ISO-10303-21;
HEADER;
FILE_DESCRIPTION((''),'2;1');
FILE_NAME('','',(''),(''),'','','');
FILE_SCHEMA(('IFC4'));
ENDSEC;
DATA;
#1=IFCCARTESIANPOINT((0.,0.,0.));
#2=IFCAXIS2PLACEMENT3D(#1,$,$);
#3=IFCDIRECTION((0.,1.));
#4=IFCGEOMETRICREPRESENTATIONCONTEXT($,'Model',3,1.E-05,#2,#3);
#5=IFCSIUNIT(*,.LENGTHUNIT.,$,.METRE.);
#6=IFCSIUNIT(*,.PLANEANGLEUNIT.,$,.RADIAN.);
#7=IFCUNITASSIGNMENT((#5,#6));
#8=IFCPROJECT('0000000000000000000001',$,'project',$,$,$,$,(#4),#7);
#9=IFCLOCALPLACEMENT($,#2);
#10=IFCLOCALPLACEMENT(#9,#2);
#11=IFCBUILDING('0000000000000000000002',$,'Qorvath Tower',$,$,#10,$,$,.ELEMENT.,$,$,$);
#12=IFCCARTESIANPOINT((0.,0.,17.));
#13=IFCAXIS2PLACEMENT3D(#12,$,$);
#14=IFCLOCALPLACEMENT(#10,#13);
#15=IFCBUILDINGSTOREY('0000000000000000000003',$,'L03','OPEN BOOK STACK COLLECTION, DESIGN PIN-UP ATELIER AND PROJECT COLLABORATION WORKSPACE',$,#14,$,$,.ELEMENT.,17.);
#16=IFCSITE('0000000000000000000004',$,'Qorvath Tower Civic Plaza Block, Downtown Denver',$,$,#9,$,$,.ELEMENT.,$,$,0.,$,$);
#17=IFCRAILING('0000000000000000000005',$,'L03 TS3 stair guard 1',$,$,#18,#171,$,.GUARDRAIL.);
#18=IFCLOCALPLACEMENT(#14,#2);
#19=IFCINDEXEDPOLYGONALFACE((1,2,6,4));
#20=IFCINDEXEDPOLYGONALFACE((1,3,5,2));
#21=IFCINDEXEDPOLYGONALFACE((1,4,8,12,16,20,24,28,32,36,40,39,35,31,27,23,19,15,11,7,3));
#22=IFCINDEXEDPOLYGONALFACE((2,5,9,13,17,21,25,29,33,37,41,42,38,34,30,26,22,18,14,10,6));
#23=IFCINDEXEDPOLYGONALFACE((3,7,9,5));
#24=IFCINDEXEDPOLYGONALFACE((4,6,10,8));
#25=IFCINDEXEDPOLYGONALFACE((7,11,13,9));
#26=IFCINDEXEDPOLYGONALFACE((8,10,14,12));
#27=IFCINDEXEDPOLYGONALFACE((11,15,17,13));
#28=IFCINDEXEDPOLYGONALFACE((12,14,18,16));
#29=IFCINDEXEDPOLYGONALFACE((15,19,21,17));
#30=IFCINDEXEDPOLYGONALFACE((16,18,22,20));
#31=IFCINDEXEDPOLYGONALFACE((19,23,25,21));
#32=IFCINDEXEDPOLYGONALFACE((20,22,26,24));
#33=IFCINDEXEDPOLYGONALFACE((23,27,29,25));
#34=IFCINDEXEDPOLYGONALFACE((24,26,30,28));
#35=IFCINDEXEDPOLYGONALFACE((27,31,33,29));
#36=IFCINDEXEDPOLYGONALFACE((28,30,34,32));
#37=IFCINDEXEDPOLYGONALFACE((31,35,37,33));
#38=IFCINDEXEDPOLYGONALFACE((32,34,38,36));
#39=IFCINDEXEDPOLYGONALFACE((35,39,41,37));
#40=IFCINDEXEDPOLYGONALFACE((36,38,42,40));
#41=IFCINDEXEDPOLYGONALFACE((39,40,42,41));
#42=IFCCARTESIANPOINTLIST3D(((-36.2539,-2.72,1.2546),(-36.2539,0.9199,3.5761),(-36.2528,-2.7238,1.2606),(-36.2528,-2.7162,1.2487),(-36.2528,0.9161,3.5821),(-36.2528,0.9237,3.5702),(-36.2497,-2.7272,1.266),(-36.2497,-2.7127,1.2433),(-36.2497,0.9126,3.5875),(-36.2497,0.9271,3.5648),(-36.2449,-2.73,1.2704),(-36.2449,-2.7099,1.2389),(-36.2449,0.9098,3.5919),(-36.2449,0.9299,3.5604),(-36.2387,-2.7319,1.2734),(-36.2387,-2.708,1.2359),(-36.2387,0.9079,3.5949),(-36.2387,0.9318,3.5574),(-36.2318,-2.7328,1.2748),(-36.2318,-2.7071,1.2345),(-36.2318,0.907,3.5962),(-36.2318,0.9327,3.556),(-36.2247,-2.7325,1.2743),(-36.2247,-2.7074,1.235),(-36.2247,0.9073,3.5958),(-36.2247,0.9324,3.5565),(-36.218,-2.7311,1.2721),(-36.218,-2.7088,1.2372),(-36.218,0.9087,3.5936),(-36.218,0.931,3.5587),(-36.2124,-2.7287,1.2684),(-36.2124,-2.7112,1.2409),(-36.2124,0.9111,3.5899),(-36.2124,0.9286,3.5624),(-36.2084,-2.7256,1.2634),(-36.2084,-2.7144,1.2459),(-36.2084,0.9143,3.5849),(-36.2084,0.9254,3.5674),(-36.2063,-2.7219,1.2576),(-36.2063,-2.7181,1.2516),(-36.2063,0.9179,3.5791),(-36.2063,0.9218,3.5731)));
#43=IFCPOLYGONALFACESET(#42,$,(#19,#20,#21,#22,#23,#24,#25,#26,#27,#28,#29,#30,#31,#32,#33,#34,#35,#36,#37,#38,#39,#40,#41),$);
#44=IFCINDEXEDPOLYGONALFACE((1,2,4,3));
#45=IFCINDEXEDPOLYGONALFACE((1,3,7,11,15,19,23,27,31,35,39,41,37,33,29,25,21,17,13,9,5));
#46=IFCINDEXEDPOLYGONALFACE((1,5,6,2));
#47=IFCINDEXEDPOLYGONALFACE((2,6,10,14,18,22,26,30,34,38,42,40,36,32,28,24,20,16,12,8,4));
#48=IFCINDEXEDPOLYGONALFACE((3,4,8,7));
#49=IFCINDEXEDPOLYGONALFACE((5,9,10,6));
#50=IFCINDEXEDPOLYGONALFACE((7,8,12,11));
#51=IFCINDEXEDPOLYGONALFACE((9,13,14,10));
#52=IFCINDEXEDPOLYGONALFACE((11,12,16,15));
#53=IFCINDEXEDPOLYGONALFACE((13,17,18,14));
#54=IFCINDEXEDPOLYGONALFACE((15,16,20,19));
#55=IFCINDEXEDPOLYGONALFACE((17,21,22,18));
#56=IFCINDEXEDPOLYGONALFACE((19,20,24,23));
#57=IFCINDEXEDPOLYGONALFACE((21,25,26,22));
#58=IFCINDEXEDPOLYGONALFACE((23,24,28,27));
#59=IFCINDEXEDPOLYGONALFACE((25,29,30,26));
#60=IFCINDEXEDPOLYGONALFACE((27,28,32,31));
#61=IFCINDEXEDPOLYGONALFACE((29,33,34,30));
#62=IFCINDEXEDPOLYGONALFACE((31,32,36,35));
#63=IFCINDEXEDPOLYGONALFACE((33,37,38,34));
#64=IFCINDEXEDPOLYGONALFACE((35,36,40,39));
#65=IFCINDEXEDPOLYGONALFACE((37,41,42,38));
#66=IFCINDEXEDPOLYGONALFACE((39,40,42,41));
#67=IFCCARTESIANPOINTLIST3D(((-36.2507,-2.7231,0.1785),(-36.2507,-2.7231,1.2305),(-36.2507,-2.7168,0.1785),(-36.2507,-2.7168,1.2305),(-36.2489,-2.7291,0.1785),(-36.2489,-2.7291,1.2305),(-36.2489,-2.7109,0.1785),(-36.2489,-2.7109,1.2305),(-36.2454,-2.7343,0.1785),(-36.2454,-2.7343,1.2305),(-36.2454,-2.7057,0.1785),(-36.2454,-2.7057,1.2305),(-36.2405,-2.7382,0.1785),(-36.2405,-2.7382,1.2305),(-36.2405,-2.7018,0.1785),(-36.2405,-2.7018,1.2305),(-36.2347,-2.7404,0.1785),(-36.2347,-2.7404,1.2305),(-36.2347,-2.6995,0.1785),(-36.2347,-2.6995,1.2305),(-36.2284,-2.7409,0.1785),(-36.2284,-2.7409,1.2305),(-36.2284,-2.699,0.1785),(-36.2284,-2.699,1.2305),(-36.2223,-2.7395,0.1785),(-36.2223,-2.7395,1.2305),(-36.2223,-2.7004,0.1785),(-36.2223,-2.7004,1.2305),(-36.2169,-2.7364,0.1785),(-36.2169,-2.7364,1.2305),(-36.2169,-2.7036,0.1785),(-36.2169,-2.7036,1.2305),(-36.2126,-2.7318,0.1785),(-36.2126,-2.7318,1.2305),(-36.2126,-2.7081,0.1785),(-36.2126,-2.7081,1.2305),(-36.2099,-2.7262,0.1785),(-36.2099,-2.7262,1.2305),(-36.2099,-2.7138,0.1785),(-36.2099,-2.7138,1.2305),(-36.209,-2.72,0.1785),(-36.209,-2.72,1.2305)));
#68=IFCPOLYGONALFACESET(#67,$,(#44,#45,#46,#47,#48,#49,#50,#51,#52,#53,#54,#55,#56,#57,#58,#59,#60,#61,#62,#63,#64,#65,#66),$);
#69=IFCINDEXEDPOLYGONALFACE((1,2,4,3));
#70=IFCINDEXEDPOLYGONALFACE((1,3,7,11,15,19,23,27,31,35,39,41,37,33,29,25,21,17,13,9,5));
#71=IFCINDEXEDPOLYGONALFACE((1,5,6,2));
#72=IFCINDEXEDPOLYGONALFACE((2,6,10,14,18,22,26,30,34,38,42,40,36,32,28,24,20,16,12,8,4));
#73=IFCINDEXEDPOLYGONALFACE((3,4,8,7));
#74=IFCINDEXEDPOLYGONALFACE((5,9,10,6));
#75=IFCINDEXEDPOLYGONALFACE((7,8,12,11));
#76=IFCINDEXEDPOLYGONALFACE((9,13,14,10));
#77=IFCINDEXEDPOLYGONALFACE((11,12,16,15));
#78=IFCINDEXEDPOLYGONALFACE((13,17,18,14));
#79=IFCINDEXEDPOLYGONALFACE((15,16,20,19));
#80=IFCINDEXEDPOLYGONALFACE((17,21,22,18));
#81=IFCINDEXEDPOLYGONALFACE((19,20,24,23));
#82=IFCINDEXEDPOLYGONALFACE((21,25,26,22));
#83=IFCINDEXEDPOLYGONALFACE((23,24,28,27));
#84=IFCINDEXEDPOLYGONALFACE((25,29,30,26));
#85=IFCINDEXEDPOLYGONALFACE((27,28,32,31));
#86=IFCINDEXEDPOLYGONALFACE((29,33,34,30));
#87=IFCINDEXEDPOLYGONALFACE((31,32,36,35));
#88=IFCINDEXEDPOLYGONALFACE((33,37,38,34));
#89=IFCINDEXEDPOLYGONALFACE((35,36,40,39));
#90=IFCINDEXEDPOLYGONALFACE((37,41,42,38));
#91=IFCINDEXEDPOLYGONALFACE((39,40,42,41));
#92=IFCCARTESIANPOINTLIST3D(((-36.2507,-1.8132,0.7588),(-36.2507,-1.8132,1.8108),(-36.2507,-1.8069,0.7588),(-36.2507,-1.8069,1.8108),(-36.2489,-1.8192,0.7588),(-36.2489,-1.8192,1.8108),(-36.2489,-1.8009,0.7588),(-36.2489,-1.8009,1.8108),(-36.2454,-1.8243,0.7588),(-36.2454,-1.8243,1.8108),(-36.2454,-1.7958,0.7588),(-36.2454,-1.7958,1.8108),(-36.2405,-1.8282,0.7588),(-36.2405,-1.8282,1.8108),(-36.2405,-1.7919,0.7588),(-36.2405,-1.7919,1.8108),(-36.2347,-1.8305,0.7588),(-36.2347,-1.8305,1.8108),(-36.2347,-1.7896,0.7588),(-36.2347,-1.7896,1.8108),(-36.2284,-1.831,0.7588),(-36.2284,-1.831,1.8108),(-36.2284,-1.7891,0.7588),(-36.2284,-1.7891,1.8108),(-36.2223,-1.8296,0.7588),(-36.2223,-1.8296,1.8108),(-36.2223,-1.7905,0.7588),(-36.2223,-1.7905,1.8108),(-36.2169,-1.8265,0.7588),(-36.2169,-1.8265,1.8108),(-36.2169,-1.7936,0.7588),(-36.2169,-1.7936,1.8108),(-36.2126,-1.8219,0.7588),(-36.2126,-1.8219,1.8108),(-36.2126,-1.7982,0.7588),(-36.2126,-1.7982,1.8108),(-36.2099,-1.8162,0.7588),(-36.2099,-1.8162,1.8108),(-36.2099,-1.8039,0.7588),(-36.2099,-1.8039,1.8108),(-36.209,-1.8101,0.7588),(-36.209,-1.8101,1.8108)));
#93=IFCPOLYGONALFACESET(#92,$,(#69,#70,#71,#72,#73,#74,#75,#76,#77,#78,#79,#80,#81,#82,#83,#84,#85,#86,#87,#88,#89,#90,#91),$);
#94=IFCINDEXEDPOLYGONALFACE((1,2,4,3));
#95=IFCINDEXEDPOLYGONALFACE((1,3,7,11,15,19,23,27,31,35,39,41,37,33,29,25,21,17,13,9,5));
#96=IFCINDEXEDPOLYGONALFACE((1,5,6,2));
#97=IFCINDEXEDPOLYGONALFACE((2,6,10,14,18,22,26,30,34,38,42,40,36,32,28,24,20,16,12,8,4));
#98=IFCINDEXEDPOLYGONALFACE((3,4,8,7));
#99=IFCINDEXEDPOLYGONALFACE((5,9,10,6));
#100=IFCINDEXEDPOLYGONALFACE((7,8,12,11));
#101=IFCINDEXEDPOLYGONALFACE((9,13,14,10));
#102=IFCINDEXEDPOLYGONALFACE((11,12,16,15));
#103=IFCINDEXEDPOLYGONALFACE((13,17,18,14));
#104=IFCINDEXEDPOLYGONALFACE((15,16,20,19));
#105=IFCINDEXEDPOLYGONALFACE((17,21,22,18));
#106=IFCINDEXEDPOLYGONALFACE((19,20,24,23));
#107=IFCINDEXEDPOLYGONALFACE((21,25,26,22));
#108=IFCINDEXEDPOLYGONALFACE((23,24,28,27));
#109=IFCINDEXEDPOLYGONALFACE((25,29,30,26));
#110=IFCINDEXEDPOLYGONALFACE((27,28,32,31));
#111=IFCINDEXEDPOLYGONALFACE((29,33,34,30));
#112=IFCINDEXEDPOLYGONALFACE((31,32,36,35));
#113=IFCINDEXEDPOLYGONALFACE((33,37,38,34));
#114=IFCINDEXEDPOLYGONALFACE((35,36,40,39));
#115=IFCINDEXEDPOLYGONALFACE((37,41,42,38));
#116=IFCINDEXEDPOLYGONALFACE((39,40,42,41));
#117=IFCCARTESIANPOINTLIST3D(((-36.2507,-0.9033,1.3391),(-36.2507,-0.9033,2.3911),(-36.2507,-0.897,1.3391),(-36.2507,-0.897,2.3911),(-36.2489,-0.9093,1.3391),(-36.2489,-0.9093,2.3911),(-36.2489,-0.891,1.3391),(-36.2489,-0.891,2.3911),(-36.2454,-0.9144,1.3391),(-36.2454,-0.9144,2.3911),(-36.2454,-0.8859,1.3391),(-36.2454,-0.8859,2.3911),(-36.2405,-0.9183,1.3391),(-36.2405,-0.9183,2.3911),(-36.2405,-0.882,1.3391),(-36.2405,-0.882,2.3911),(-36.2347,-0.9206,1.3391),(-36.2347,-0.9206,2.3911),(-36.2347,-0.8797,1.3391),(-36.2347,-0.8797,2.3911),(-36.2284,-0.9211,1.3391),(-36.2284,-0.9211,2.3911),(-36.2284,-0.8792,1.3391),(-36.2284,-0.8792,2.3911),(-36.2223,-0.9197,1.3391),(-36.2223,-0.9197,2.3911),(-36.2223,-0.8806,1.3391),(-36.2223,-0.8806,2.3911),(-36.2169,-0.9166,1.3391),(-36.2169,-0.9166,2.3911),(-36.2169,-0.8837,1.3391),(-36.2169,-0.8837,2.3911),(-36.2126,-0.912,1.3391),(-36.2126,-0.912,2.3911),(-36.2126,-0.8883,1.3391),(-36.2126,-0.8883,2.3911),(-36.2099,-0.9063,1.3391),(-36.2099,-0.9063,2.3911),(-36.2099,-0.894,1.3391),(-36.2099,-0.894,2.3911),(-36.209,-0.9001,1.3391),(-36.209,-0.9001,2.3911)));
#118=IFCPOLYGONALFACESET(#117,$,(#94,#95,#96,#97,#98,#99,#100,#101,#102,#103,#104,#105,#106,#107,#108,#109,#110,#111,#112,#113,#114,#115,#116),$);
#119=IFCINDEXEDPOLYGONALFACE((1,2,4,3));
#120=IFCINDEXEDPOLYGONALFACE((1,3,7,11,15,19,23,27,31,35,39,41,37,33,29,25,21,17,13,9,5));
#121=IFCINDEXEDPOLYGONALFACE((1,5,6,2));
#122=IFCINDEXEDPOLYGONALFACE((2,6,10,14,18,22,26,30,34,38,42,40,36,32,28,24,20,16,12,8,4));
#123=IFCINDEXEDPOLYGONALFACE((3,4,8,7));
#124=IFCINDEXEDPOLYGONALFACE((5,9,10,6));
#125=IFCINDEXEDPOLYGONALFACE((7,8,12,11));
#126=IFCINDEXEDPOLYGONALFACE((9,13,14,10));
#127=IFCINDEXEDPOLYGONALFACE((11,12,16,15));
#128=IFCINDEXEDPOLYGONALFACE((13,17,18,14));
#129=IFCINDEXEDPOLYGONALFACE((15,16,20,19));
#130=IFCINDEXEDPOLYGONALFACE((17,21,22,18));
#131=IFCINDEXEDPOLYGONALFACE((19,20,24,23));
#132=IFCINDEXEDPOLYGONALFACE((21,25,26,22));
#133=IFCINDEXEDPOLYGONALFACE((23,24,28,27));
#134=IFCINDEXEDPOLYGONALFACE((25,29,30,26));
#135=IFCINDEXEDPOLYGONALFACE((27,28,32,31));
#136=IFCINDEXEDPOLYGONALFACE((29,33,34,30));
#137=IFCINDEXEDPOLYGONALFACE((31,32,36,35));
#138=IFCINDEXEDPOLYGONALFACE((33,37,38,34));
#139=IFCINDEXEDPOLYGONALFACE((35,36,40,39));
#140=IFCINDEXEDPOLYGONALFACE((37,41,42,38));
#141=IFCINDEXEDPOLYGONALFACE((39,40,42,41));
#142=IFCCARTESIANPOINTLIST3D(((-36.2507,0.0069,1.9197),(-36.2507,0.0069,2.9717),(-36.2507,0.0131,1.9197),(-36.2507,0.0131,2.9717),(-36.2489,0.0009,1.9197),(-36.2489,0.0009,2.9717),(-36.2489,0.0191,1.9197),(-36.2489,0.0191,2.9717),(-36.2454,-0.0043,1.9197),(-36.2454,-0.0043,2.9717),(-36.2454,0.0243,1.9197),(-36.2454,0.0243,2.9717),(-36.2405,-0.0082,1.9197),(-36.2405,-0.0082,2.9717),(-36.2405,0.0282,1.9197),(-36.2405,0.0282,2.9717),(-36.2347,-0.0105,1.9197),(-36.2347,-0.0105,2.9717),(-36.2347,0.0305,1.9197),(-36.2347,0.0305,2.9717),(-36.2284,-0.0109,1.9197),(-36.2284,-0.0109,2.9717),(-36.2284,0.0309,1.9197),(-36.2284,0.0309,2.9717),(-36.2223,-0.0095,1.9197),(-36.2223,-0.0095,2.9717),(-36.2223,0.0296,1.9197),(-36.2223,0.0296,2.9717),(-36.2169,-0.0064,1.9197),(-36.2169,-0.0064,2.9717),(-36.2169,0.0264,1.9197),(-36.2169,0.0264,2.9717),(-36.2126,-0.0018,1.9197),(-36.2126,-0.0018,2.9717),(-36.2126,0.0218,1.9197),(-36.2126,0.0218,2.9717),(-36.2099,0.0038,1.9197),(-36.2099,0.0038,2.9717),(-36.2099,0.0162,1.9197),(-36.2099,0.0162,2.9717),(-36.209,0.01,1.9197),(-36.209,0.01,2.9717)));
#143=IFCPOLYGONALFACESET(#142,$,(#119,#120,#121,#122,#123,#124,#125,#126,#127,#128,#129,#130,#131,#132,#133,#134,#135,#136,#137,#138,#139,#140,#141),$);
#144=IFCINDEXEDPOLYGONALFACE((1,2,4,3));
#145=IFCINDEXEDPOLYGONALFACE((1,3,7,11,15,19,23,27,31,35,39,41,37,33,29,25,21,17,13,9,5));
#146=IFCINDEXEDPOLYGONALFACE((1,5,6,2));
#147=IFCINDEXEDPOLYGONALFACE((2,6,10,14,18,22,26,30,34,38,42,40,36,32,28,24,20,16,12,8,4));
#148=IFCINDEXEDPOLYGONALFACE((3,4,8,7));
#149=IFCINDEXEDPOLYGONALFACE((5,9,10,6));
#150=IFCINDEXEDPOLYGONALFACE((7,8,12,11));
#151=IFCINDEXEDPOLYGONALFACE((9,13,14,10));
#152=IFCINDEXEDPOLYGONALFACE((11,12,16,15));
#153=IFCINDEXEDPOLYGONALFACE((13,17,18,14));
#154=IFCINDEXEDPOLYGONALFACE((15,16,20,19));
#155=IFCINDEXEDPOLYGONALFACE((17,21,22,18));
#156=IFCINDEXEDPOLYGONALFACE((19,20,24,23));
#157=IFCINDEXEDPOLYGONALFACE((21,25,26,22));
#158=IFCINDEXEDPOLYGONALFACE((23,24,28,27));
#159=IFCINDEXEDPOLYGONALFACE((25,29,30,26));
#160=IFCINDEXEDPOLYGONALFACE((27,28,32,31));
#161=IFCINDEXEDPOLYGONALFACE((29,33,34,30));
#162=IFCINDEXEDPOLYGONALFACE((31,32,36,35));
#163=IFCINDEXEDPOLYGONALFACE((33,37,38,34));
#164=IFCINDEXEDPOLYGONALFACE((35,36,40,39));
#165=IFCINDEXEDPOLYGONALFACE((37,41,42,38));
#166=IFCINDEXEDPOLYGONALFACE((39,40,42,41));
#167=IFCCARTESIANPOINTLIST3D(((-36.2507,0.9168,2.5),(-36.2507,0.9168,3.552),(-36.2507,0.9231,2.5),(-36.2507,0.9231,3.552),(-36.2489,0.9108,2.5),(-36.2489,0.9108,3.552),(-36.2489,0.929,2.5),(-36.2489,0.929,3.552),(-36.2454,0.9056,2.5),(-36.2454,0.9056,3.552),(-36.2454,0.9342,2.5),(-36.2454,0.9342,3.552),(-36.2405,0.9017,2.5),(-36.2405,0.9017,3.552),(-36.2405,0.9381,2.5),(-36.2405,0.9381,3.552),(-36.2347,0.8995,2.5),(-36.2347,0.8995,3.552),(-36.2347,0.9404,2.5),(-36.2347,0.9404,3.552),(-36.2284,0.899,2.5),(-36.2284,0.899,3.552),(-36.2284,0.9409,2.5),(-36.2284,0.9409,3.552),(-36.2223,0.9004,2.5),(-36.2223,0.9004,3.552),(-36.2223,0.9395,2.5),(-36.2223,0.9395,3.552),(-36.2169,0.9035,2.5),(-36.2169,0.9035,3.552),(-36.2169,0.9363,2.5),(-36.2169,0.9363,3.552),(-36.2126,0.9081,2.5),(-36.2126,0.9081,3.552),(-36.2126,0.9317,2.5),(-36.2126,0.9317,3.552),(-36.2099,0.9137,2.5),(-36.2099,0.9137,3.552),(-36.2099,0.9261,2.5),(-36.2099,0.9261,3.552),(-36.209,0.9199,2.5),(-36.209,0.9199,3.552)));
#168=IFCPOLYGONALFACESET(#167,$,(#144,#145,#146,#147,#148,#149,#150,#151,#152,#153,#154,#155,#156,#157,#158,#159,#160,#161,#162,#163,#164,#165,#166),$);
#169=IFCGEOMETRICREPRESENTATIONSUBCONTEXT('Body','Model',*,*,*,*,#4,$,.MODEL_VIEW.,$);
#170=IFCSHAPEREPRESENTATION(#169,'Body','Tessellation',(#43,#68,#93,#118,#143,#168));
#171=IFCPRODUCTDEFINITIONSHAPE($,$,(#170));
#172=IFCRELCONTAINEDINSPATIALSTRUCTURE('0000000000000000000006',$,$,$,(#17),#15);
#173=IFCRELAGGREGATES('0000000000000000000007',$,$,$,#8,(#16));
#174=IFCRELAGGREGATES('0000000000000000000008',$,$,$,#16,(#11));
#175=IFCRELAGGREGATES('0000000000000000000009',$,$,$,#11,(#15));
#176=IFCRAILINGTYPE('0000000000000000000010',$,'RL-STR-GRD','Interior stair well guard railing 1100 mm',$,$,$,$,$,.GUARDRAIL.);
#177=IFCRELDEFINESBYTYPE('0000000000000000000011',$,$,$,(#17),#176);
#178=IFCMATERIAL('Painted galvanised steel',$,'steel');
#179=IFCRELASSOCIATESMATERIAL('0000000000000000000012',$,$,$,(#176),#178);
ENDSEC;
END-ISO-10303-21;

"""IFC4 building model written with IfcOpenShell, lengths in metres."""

from ifc_helpers import new_model, si_unit, direction, frame, origin, origin_2d, place, context, subcontext, project, spatial, circle, extrude, material, type_object, element, save


model = new_model("IFC4")

# Units and contexts
model_context = context("Model", 3, precision=1e-05, world=origin(), true_north=direction((0.0, 1.0)))
body_context = subcontext(model_context, "Body", "Model", "MODEL_VIEW")
ifc_project = project(units=[si_unit("LENGTHUNIT", "METRE"), si_unit("PLANEANGLEUNIT", "RADIAN")], contexts=[model_context])

# Site, building, storey
site_placement = place(None, origin())
site = spatial("IfcSite", under=ifc_project, at=site_placement, Name="Qorvath Tower Civic Plaza Block, Downtown Denver", CompositionType="ELEMENT", RefElevation=0.0)
building_placement = place(site_placement, origin())
building = spatial("IfcBuilding", under=site, at=building_placement, Name="Qorvath Tower", CompositionType="ELEMENT")
storey_placement = place(building_placement, frame((0.0, 0.0, 17.0)))
storey = spatial("IfcBuildingStorey", under=building, at=storey_placement, Name="L03", Description="OPEN BOOK STACK COLLECTION, DESIGN PIN-UP ATELIER AND PROJECT COLLABORATION WORKSPACE", CompositionType="ELEMENT", Elevation=17.0)

# Railing
ifc_material_1 = material(Name="Painted galvanised steel", Category="steel")
railing_type_1 = type_object("IfcRailingType", Name="RL-STR-GRD", Description="Interior stair well guard railing 1100 mm", PredefinedType="GUARDRAIL", material=ifc_material_1)
railing_1_placement = place(storey_placement, frame((-36.23, -2.72, 0.1785)))
element("IfcRailing", 1, at=railing_1_placement, inside=storey, type_object=railing_type_1, Name="L03 TS3 stair guard 1", PredefinedType="GUARDRAIL", context=body_context, shape_type="SweptSolid", body=[
    extrude(circle(Radius=0.0239, at=origin_2d()), frame((0.0, 0.0, 1.0762), z_axis=(0.0, 0.843112, 0.537739), x_axis=(-1.0, 0.0, 0.0)), (0.0, 0.0, 1.0), 4.3171),
    extrude(circle(Radius=0.021, at=origin_2d()), origin(), (0.0, 0.0, 1.0), 1.052),
    extrude(circle(Radius=0.021, at=origin_2d()), frame((0.0, 0.9099, 0.5803)), (0.0, 0.0, 1.0), 1.052),
    extrude(circle(Radius=0.021, at=origin_2d()), frame((0.0, 1.8198, 1.1606)), (0.0, 0.0, 1.0), 1.052),
    extrude(circle(Radius=0.021, at=origin_2d()), frame((0.0, 2.73, 1.7412)), (0.0, 0.0, 1.0), 1.052),
    extrude(circle(Radius=0.021, at=origin_2d()), frame((0.0, 3.6399, 2.3215)), (0.0, 0.0, 1.0), 1.052),
])

save(model, "model.ifc")
